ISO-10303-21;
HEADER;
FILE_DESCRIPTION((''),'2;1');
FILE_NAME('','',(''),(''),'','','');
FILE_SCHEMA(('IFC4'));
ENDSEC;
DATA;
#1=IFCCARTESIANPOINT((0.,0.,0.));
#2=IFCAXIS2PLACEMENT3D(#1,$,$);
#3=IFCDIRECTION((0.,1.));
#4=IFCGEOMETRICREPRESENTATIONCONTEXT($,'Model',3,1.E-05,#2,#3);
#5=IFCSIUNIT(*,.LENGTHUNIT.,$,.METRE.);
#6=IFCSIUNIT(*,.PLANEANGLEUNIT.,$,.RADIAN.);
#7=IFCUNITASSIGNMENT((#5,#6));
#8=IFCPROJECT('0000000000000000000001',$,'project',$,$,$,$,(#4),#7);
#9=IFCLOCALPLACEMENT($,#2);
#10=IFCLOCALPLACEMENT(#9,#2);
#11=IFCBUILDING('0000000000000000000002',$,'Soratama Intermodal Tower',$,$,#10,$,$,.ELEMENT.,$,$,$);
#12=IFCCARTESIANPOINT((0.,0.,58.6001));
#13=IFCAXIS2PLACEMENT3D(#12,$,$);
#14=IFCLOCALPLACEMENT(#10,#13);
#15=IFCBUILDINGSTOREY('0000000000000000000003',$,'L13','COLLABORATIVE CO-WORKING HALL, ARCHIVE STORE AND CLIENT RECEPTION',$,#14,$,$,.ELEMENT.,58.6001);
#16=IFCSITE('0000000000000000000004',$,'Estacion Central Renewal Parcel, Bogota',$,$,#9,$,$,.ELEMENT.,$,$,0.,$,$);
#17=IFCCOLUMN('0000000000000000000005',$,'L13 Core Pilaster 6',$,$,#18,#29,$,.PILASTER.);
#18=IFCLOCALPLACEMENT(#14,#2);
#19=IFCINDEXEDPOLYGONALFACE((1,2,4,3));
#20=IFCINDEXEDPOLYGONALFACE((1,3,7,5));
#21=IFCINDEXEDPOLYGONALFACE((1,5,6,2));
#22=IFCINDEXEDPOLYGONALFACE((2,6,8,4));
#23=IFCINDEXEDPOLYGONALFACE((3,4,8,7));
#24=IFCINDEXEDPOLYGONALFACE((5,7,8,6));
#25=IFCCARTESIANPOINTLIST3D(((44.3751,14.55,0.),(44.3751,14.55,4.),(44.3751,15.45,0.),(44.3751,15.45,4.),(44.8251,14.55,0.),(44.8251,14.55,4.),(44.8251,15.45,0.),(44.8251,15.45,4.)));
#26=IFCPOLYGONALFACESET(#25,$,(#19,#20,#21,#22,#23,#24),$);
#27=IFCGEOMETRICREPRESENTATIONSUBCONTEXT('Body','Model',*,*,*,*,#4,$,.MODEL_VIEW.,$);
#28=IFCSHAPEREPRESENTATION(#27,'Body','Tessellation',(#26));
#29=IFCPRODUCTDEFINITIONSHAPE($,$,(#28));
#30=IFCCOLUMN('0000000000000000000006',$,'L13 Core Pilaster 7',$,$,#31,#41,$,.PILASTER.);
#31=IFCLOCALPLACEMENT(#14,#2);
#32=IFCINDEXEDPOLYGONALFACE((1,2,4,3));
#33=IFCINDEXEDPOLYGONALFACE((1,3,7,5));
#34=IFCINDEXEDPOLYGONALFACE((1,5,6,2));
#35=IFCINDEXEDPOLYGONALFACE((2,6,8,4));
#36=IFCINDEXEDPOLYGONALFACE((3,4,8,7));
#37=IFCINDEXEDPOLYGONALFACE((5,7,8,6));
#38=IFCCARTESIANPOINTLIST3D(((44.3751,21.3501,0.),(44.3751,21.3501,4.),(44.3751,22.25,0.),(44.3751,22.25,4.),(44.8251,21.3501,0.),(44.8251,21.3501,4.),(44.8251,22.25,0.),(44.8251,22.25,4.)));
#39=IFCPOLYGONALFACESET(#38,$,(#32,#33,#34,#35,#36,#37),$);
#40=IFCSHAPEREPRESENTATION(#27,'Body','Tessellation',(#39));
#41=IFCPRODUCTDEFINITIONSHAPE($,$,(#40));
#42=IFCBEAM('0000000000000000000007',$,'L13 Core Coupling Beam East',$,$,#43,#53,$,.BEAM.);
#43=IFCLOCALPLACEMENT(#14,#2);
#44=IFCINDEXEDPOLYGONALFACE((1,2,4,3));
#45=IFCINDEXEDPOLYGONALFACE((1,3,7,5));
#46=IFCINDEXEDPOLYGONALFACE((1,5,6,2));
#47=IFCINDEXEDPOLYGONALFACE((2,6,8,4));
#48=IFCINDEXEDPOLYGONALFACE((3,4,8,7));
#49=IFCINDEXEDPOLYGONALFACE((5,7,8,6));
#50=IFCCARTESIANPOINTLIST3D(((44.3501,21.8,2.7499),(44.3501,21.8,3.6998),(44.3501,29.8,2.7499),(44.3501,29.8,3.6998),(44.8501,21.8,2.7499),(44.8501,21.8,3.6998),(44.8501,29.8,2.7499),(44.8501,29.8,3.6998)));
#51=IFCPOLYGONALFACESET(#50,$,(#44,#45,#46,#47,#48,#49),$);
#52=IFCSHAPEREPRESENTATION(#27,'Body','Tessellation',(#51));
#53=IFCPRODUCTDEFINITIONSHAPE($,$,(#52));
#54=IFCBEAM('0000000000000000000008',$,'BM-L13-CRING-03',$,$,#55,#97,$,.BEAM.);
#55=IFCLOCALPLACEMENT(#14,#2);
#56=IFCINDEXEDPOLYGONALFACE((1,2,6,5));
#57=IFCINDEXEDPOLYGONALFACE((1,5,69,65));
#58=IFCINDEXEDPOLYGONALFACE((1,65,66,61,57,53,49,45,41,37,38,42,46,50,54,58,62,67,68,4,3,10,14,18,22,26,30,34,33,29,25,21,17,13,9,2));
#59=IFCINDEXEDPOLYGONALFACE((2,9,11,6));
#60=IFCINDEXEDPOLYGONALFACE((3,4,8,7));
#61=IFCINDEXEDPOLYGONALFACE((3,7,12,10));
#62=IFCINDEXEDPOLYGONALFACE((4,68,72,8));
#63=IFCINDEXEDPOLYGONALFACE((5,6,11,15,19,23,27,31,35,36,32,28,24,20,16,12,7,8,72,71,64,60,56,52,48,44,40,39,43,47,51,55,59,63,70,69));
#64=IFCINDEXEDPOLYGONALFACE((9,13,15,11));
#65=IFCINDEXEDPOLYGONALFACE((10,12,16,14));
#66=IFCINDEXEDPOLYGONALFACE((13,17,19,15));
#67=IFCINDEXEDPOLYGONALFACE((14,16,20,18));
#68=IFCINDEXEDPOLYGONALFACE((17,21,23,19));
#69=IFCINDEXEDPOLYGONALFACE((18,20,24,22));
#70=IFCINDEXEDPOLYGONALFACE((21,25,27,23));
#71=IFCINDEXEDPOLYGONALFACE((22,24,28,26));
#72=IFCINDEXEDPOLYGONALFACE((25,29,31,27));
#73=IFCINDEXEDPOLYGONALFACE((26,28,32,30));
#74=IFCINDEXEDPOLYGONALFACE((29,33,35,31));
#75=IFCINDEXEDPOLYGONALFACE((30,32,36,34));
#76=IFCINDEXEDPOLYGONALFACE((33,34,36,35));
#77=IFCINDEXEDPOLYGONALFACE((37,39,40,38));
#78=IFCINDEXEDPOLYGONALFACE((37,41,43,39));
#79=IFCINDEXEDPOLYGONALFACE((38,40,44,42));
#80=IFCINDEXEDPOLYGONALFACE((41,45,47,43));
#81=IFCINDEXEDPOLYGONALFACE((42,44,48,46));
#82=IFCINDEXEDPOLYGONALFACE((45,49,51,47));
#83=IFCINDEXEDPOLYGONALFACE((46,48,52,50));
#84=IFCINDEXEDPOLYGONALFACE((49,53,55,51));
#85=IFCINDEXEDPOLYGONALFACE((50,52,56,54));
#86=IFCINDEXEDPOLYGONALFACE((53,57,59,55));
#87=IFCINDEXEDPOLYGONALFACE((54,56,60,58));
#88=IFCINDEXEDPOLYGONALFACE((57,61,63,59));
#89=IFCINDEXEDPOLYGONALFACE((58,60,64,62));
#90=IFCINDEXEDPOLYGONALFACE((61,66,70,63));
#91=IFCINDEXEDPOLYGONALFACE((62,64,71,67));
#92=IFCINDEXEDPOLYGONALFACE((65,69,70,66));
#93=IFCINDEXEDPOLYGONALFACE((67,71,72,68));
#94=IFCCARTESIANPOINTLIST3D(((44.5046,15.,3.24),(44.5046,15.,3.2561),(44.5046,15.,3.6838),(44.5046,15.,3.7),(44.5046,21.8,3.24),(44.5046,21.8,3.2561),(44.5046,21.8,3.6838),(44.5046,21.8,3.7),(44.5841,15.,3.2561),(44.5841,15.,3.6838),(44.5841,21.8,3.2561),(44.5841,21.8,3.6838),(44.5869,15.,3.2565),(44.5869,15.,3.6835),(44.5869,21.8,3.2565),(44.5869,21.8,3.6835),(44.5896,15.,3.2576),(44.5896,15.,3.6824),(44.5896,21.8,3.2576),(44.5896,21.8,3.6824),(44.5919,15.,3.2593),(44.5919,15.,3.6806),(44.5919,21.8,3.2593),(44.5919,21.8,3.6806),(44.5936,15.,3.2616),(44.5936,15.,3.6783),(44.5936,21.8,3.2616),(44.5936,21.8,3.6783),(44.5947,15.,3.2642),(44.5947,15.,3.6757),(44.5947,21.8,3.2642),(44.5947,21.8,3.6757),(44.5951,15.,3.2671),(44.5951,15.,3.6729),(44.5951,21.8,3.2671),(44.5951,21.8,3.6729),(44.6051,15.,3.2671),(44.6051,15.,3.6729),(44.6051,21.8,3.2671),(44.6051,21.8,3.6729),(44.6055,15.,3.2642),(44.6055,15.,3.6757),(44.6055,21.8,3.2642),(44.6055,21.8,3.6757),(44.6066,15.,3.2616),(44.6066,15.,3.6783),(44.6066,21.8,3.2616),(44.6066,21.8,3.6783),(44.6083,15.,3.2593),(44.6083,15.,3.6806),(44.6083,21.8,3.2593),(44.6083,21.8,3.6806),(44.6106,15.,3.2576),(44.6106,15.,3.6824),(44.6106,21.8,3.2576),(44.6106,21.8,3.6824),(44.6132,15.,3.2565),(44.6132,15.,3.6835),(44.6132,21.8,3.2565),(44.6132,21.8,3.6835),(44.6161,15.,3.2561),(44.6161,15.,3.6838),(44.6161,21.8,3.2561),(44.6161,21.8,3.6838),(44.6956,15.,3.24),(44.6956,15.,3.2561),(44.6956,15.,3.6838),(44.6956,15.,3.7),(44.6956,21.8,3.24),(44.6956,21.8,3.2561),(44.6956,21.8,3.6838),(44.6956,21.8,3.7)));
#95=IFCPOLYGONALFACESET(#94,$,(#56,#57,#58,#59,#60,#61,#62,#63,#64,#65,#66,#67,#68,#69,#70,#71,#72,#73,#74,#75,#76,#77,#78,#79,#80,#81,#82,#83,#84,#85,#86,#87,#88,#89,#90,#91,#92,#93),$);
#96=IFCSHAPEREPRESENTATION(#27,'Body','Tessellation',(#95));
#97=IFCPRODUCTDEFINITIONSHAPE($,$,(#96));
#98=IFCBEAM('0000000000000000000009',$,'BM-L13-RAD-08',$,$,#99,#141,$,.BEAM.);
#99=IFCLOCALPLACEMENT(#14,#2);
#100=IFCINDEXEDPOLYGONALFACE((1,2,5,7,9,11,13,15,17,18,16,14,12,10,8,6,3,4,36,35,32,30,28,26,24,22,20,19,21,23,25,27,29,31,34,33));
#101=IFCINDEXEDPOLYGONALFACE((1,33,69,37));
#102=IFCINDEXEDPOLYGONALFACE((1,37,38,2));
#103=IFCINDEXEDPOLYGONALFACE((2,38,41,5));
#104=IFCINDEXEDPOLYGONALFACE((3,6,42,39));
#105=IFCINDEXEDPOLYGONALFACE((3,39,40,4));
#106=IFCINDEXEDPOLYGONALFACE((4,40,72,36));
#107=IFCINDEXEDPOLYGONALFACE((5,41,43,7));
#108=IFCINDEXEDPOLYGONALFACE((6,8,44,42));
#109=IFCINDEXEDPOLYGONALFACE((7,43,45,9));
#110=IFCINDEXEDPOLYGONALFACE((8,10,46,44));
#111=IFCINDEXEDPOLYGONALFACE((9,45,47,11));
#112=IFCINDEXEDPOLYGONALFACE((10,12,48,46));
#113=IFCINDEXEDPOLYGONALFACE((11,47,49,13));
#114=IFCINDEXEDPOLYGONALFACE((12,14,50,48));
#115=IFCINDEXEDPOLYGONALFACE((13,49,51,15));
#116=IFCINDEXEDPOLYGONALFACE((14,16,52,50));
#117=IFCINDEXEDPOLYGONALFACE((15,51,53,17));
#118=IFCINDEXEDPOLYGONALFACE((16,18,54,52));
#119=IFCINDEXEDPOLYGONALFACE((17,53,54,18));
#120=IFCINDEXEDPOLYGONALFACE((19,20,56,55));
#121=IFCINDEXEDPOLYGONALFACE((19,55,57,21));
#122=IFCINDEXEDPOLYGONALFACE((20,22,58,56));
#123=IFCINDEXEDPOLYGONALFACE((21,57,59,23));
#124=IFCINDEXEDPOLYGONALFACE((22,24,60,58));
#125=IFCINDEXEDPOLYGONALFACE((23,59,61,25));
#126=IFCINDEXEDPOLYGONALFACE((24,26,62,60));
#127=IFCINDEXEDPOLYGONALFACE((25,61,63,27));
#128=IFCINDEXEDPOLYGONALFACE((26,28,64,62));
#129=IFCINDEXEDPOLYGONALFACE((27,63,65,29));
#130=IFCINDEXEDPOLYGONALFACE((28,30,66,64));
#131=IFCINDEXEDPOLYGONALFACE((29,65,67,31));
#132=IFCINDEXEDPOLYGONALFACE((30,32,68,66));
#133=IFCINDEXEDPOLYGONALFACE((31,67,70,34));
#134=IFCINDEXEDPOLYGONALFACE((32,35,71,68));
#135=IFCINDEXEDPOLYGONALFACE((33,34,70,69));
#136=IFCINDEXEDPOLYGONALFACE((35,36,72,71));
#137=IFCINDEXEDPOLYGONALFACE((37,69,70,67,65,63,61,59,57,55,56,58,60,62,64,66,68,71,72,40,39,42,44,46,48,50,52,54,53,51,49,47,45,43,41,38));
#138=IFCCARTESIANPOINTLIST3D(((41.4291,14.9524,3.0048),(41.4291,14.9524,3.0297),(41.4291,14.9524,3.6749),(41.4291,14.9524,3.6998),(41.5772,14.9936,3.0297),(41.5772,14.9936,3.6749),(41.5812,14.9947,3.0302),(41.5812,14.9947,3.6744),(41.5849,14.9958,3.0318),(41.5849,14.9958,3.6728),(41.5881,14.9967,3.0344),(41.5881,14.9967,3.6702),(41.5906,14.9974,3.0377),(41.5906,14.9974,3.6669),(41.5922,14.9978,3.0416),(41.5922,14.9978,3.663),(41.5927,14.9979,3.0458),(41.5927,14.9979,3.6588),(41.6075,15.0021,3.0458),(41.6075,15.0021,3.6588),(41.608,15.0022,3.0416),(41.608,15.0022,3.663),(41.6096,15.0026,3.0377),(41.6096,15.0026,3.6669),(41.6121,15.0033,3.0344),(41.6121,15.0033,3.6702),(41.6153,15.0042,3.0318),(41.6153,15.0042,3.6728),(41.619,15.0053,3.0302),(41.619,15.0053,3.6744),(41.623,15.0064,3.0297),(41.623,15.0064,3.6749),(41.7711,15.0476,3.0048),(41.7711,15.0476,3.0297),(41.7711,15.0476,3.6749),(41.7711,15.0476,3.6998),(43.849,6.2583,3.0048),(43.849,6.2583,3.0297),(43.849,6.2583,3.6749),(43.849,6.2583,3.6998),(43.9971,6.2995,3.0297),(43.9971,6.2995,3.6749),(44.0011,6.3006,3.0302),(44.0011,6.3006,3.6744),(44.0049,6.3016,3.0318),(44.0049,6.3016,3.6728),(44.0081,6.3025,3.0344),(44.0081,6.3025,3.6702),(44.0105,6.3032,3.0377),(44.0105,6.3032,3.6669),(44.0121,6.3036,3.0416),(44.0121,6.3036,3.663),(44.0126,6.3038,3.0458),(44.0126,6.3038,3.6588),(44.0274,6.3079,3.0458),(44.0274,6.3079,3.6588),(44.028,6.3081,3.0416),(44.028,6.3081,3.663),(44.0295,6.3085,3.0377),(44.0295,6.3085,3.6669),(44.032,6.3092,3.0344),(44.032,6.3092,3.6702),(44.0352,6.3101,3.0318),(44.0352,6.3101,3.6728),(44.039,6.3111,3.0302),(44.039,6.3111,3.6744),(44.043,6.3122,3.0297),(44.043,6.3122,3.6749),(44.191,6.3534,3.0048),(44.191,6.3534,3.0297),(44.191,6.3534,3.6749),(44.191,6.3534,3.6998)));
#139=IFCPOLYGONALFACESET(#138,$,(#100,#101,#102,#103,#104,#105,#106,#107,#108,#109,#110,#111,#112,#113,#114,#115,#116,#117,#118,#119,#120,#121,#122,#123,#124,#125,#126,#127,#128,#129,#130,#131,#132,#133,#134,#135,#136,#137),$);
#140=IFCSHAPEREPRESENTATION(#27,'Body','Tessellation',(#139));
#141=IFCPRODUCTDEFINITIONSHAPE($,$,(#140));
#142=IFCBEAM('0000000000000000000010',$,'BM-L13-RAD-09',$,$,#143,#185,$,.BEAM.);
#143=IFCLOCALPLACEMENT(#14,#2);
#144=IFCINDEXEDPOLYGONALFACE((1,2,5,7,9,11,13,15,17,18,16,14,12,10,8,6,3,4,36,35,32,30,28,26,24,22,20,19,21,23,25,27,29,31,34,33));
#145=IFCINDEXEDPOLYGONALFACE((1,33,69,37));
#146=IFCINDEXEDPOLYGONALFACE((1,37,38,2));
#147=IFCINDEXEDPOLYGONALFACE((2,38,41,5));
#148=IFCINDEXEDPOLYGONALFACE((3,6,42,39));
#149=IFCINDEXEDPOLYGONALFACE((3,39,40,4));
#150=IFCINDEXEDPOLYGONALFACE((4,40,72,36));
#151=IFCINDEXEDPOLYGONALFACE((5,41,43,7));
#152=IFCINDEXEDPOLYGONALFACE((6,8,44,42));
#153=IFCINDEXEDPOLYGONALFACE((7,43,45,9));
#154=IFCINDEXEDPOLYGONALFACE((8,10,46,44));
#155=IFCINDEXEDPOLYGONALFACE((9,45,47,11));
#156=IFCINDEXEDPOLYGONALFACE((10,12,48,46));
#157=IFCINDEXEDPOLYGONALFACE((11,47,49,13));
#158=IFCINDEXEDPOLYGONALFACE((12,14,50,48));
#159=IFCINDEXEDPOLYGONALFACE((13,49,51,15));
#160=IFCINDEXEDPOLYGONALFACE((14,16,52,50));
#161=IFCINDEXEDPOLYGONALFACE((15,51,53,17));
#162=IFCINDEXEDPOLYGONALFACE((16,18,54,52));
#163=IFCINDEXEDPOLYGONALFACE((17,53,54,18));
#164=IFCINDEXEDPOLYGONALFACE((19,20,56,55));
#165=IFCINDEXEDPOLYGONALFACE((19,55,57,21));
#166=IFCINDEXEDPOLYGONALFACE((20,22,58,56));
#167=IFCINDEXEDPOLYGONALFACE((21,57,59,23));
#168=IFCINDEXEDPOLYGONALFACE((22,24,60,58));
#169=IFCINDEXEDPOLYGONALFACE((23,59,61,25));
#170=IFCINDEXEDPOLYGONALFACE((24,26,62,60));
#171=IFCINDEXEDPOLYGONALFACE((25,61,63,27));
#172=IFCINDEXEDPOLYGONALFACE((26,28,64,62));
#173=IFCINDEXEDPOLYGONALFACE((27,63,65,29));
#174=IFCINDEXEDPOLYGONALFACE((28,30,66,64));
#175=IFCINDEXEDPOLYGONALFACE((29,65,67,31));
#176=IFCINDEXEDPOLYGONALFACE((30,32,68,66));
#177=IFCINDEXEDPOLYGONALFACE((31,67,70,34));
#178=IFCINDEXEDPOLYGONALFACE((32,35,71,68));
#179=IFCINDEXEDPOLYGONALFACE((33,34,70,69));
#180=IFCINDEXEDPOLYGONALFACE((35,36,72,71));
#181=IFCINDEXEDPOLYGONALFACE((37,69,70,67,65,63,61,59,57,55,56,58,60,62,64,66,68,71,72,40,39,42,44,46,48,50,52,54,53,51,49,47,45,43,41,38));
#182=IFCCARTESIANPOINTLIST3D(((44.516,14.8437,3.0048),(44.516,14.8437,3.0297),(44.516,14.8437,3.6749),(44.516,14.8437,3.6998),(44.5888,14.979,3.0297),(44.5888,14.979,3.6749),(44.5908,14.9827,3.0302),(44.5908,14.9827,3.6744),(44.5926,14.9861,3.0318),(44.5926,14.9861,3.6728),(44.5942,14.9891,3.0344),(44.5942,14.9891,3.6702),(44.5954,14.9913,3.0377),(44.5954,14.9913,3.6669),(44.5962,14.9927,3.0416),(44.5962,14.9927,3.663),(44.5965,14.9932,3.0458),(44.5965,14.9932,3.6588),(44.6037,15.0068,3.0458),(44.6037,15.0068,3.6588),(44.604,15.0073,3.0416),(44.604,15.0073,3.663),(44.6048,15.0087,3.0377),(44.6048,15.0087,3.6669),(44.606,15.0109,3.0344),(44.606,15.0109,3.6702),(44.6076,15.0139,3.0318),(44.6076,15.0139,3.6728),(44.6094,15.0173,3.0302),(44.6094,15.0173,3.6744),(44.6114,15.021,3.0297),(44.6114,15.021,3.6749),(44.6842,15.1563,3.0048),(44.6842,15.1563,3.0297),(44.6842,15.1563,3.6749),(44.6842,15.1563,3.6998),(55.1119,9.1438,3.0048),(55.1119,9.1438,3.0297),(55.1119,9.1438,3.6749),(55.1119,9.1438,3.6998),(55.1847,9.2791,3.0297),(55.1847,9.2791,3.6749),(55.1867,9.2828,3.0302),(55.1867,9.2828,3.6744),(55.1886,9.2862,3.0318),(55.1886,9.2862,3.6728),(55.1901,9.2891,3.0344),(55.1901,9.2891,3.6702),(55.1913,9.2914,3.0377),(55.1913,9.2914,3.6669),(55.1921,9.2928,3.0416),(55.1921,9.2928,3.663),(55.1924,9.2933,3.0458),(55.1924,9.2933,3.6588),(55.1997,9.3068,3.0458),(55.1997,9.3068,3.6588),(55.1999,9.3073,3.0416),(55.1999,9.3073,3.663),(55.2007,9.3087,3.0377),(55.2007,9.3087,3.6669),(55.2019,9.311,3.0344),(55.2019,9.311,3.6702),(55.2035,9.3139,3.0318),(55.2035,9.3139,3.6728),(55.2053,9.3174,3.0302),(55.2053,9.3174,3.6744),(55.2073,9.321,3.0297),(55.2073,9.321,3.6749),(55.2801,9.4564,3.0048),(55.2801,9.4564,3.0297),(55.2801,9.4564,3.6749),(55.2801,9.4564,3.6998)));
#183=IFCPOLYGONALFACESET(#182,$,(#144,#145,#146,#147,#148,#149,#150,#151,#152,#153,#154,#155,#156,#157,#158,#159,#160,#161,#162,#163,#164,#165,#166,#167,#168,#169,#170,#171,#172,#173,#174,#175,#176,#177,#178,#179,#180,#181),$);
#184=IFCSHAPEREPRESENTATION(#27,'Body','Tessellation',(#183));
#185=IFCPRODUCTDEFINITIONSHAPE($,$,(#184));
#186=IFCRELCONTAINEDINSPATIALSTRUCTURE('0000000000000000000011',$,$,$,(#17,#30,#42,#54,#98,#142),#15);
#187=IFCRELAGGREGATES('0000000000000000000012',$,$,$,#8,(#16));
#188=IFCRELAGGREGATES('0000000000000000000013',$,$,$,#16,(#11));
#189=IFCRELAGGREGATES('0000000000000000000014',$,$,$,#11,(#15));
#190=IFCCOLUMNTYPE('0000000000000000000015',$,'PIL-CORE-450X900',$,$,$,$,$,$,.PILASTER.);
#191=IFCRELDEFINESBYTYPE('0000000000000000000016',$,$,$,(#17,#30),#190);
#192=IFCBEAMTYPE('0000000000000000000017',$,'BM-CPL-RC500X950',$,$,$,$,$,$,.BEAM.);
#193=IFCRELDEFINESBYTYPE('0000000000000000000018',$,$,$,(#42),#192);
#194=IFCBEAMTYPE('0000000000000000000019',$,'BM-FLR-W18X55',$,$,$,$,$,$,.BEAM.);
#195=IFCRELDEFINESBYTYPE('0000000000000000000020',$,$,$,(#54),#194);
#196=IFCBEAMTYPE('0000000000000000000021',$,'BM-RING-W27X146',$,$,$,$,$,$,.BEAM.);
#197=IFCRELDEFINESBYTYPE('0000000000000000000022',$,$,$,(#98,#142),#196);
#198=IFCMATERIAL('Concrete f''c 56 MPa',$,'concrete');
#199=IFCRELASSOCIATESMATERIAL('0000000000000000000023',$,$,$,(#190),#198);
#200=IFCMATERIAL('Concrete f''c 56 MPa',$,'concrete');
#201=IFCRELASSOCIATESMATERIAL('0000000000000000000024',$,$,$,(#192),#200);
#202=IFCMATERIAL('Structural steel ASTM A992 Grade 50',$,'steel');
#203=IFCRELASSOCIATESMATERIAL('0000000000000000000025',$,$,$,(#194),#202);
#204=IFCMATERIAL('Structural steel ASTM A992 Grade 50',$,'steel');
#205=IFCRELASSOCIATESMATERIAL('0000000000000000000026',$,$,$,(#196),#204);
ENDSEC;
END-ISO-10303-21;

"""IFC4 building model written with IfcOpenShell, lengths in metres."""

from ifc_helpers import new_model, si_unit, direction, frame, origin, origin_2d, place, context, subcontext, project, spatial, rectangle, i_section, extrude, material, material_profile, profile_set, type_object, element, save


model = new_model("IFC4")

# Units and contexts
model_context = context("Model", 3, precision=1e-05, world=origin(), true_north=direction((0.0, 1.0)))
body_context = subcontext(model_context, "Body", "Model", "MODEL_VIEW")
ifc_project = project(units=[si_unit("LENGTHUNIT", "METRE"), si_unit("PLANEANGLEUNIT", "RADIAN")], contexts=[model_context])

# Site, building, storey
site_placement = place(None, origin())
site = spatial("IfcSite", under=ifc_project, at=site_placement, Name="Estacion Central Renewal Parcel, Bogota", CompositionType="ELEMENT", RefElevation=0.0)
building_placement = place(site_placement, origin())
building = spatial("IfcBuilding", under=site, at=building_placement, Name="Soratama Intermodal Tower", CompositionType="ELEMENT")
storey_placement = place(building_placement, frame((0.0, 0.0, 58.6001)))
storey = spatial("IfcBuildingStorey", under=building, at=storey_placement, Name="L13", Description="COLLABORATIVE CO-WORKING HALL, ARCHIVE STORE AND CLIENT RECEPTION", CompositionType="ELEMENT", Elevation=58.6001)

# Columns
ifc_material_1 = material(Name="Concrete f'c 56 MPa", Category="concrete")
ifc_material_profile_1 = material_profile(ifc_material_1, rectangle(XDim=0.45, YDim=0.8999, at=origin_2d()), Name="RC450X900")
ifc_profile_set_1 = profile_set([ifc_material_profile_1], Name="Concrete f'c 56 MPa")
column_type = type_object("IfcColumnType", Name="PIL-CORE-450X900", PredefinedType="PILASTER", material=ifc_profile_set_1)
for number, where, z_axis, x_axis, name in (
    (1, (44.6001, 15.0, 0.0), (0.0, 0.0, 1.0), (1.0, 0.0, 0.0), "L13 Core Pilaster 6"),
    (2, (44.6001, 21.8, 0.0), (0.0, 0.0, 1.0), (1.0, 0.0, 0.0), "L13 Core Pilaster 7"),
):
    element("IfcColumn", number, at=place(storey_placement, frame(where, z_axis=z_axis, x_axis=x_axis)), inside=storey, type_object=column_type, Name=name, PredefinedType="PILASTER", context=body_context, shape_type="SweptSolid", body=[
        extrude(rectangle(XDim=0.45, YDim=0.8999, at=origin_2d()), origin(), (0.0, 0.0, 1.0), 4.0),
    ])

# Beams
ifc_material_2 = material(Name="Concrete f'c 56 MPa", Category="concrete")
ifc_material_profile_2 = material_profile(ifc_material_2, rectangle(XDim=0.5, YDim=0.95, at=origin_2d()), Name="RC500X950")
ifc_profile_set_2 = profile_set([ifc_material_profile_2], Name="Concrete f'c 56 MPa")
beam_type_1 = type_object("IfcBeamType", Name="BM-CPL-RC500X950", PredefinedType="BEAM", material=ifc_profile_set_2)
beam_1_placement = place(storey_placement, frame((44.6001, 21.8, 3.2249), z_axis=(0.0, 1.0, 0.0), x_axis=(-1.0, 0.0, 0.0)))
element("IfcBeam", 3, at=beam_1_placement, inside=storey, type_object=beam_type_1, Name="L13 Core Coupling Beam East", PredefinedType="BEAM", context=body_context, shape_type="SweptSolid", body=[
    extrude(rectangle(XDim=0.5, YDim=0.95, at=origin_2d()), origin(), (0.0, 0.0, 1.0), 8.0),
])
ifc_material_3 = material(Name="Structural steel ASTM A992 Grade 50", Category="steel")
ifc_material_profile_3 = material_profile(ifc_material_3, i_section(OverallWidth=0.1909, OverallDepth=0.46, WebThickness=0.01, FlangeThickness=0.0161, FilletRadius=0.011, at=origin_2d()), Name="W18X55")
ifc_profile_set_3 = profile_set([ifc_material_profile_3], Name="Structural steel ASTM A992 Grade 50")
beam_type_2 = type_object("IfcBeamType", Name="BM-FLR-W18X55", PredefinedType="BEAM", material=ifc_profile_set_3)
beam_2_placement = place(storey_placement, frame((44.6001, 15.0, 3.47), z_axis=(0.0, 1.0, 0.0), x_axis=(-1.0, 0.0, 0.0)))
element("IfcBeam", 4, at=beam_2_placement, inside=storey, type_object=beam_type_2, Name="BM-L13-CRING-03", PredefinedType="BEAM", context=body_context, shape_type="SweptSolid", body=[
    extrude(i_section(OverallWidth=0.1909, OverallDepth=0.46, WebThickness=0.01, FlangeThickness=0.0161, FilletRadius=0.011, at=origin_2d()), origin(), (0.0, 0.0, 1.0), 6.8),
])
ifc_material_4 = material(Name="Structural steel ASTM A992 Grade 50", Category="steel")
ifc_material_profile_4 = material_profile(ifc_material_4, i_section(OverallWidth=0.355, OverallDepth=0.6951, WebThickness=0.0154, FlangeThickness=0.0249, FilletRadius=0.0161, at=origin_2d()), Name="W27X146")
ifc_profile_set_4 = profile_set([ifc_material_profile_4], Name="Structural steel ASTM A992 Grade 50")
beam_type_3 = type_object("IfcBeamType", Name="BM-RING-W27X146", PredefinedType="BEAM", material=ifc_profile_set_4)
beam_3_placement = place(storey_placement, frame((41.6001, 15.0, 3.3523), z_axis=(0.268148, -0.963378, 0.0), x_axis=(0.963378, 0.268148, 0.0)))
element("IfcBeam", 5, at=beam_3_placement, inside=storey, type_object=beam_type_3, Name="BM-L13-RAD-08", PredefinedType="BEAM", context=body_context, shape_type="SweptSolid", body=[
    extrude(i_section(OverallWidth=0.355, OverallDepth=0.6951, WebThickness=0.0154, FlangeThickness=0.0249, FilletRadius=0.0161, at=origin_2d()), origin(), (0.0, 0.0, 1.0), 9.0247),
])
beam_4_placement = place(storey_placement, frame((44.6001, 15.0, 3.3523), z_axis=(0.880664, -0.473742, 0.0), x_axis=(0.473742, 0.880664, 0.0)))
element("IfcBeam", 6, at=beam_4_placement, inside=storey, type_object=beam_type_3, Name="BM-L13-RAD-09", PredefinedType="BEAM", context=body_context, shape_type="SweptSolid", body=[
    extrude(i_section(OverallWidth=0.355, OverallDepth=0.6951, WebThickness=0.0154, FlangeThickness=0.0249, FilletRadius=0.0161, at=origin_2d()), origin(), (0.0, 0.0, 1.0), 12.0317),
])

save(model, "model.ifc")
